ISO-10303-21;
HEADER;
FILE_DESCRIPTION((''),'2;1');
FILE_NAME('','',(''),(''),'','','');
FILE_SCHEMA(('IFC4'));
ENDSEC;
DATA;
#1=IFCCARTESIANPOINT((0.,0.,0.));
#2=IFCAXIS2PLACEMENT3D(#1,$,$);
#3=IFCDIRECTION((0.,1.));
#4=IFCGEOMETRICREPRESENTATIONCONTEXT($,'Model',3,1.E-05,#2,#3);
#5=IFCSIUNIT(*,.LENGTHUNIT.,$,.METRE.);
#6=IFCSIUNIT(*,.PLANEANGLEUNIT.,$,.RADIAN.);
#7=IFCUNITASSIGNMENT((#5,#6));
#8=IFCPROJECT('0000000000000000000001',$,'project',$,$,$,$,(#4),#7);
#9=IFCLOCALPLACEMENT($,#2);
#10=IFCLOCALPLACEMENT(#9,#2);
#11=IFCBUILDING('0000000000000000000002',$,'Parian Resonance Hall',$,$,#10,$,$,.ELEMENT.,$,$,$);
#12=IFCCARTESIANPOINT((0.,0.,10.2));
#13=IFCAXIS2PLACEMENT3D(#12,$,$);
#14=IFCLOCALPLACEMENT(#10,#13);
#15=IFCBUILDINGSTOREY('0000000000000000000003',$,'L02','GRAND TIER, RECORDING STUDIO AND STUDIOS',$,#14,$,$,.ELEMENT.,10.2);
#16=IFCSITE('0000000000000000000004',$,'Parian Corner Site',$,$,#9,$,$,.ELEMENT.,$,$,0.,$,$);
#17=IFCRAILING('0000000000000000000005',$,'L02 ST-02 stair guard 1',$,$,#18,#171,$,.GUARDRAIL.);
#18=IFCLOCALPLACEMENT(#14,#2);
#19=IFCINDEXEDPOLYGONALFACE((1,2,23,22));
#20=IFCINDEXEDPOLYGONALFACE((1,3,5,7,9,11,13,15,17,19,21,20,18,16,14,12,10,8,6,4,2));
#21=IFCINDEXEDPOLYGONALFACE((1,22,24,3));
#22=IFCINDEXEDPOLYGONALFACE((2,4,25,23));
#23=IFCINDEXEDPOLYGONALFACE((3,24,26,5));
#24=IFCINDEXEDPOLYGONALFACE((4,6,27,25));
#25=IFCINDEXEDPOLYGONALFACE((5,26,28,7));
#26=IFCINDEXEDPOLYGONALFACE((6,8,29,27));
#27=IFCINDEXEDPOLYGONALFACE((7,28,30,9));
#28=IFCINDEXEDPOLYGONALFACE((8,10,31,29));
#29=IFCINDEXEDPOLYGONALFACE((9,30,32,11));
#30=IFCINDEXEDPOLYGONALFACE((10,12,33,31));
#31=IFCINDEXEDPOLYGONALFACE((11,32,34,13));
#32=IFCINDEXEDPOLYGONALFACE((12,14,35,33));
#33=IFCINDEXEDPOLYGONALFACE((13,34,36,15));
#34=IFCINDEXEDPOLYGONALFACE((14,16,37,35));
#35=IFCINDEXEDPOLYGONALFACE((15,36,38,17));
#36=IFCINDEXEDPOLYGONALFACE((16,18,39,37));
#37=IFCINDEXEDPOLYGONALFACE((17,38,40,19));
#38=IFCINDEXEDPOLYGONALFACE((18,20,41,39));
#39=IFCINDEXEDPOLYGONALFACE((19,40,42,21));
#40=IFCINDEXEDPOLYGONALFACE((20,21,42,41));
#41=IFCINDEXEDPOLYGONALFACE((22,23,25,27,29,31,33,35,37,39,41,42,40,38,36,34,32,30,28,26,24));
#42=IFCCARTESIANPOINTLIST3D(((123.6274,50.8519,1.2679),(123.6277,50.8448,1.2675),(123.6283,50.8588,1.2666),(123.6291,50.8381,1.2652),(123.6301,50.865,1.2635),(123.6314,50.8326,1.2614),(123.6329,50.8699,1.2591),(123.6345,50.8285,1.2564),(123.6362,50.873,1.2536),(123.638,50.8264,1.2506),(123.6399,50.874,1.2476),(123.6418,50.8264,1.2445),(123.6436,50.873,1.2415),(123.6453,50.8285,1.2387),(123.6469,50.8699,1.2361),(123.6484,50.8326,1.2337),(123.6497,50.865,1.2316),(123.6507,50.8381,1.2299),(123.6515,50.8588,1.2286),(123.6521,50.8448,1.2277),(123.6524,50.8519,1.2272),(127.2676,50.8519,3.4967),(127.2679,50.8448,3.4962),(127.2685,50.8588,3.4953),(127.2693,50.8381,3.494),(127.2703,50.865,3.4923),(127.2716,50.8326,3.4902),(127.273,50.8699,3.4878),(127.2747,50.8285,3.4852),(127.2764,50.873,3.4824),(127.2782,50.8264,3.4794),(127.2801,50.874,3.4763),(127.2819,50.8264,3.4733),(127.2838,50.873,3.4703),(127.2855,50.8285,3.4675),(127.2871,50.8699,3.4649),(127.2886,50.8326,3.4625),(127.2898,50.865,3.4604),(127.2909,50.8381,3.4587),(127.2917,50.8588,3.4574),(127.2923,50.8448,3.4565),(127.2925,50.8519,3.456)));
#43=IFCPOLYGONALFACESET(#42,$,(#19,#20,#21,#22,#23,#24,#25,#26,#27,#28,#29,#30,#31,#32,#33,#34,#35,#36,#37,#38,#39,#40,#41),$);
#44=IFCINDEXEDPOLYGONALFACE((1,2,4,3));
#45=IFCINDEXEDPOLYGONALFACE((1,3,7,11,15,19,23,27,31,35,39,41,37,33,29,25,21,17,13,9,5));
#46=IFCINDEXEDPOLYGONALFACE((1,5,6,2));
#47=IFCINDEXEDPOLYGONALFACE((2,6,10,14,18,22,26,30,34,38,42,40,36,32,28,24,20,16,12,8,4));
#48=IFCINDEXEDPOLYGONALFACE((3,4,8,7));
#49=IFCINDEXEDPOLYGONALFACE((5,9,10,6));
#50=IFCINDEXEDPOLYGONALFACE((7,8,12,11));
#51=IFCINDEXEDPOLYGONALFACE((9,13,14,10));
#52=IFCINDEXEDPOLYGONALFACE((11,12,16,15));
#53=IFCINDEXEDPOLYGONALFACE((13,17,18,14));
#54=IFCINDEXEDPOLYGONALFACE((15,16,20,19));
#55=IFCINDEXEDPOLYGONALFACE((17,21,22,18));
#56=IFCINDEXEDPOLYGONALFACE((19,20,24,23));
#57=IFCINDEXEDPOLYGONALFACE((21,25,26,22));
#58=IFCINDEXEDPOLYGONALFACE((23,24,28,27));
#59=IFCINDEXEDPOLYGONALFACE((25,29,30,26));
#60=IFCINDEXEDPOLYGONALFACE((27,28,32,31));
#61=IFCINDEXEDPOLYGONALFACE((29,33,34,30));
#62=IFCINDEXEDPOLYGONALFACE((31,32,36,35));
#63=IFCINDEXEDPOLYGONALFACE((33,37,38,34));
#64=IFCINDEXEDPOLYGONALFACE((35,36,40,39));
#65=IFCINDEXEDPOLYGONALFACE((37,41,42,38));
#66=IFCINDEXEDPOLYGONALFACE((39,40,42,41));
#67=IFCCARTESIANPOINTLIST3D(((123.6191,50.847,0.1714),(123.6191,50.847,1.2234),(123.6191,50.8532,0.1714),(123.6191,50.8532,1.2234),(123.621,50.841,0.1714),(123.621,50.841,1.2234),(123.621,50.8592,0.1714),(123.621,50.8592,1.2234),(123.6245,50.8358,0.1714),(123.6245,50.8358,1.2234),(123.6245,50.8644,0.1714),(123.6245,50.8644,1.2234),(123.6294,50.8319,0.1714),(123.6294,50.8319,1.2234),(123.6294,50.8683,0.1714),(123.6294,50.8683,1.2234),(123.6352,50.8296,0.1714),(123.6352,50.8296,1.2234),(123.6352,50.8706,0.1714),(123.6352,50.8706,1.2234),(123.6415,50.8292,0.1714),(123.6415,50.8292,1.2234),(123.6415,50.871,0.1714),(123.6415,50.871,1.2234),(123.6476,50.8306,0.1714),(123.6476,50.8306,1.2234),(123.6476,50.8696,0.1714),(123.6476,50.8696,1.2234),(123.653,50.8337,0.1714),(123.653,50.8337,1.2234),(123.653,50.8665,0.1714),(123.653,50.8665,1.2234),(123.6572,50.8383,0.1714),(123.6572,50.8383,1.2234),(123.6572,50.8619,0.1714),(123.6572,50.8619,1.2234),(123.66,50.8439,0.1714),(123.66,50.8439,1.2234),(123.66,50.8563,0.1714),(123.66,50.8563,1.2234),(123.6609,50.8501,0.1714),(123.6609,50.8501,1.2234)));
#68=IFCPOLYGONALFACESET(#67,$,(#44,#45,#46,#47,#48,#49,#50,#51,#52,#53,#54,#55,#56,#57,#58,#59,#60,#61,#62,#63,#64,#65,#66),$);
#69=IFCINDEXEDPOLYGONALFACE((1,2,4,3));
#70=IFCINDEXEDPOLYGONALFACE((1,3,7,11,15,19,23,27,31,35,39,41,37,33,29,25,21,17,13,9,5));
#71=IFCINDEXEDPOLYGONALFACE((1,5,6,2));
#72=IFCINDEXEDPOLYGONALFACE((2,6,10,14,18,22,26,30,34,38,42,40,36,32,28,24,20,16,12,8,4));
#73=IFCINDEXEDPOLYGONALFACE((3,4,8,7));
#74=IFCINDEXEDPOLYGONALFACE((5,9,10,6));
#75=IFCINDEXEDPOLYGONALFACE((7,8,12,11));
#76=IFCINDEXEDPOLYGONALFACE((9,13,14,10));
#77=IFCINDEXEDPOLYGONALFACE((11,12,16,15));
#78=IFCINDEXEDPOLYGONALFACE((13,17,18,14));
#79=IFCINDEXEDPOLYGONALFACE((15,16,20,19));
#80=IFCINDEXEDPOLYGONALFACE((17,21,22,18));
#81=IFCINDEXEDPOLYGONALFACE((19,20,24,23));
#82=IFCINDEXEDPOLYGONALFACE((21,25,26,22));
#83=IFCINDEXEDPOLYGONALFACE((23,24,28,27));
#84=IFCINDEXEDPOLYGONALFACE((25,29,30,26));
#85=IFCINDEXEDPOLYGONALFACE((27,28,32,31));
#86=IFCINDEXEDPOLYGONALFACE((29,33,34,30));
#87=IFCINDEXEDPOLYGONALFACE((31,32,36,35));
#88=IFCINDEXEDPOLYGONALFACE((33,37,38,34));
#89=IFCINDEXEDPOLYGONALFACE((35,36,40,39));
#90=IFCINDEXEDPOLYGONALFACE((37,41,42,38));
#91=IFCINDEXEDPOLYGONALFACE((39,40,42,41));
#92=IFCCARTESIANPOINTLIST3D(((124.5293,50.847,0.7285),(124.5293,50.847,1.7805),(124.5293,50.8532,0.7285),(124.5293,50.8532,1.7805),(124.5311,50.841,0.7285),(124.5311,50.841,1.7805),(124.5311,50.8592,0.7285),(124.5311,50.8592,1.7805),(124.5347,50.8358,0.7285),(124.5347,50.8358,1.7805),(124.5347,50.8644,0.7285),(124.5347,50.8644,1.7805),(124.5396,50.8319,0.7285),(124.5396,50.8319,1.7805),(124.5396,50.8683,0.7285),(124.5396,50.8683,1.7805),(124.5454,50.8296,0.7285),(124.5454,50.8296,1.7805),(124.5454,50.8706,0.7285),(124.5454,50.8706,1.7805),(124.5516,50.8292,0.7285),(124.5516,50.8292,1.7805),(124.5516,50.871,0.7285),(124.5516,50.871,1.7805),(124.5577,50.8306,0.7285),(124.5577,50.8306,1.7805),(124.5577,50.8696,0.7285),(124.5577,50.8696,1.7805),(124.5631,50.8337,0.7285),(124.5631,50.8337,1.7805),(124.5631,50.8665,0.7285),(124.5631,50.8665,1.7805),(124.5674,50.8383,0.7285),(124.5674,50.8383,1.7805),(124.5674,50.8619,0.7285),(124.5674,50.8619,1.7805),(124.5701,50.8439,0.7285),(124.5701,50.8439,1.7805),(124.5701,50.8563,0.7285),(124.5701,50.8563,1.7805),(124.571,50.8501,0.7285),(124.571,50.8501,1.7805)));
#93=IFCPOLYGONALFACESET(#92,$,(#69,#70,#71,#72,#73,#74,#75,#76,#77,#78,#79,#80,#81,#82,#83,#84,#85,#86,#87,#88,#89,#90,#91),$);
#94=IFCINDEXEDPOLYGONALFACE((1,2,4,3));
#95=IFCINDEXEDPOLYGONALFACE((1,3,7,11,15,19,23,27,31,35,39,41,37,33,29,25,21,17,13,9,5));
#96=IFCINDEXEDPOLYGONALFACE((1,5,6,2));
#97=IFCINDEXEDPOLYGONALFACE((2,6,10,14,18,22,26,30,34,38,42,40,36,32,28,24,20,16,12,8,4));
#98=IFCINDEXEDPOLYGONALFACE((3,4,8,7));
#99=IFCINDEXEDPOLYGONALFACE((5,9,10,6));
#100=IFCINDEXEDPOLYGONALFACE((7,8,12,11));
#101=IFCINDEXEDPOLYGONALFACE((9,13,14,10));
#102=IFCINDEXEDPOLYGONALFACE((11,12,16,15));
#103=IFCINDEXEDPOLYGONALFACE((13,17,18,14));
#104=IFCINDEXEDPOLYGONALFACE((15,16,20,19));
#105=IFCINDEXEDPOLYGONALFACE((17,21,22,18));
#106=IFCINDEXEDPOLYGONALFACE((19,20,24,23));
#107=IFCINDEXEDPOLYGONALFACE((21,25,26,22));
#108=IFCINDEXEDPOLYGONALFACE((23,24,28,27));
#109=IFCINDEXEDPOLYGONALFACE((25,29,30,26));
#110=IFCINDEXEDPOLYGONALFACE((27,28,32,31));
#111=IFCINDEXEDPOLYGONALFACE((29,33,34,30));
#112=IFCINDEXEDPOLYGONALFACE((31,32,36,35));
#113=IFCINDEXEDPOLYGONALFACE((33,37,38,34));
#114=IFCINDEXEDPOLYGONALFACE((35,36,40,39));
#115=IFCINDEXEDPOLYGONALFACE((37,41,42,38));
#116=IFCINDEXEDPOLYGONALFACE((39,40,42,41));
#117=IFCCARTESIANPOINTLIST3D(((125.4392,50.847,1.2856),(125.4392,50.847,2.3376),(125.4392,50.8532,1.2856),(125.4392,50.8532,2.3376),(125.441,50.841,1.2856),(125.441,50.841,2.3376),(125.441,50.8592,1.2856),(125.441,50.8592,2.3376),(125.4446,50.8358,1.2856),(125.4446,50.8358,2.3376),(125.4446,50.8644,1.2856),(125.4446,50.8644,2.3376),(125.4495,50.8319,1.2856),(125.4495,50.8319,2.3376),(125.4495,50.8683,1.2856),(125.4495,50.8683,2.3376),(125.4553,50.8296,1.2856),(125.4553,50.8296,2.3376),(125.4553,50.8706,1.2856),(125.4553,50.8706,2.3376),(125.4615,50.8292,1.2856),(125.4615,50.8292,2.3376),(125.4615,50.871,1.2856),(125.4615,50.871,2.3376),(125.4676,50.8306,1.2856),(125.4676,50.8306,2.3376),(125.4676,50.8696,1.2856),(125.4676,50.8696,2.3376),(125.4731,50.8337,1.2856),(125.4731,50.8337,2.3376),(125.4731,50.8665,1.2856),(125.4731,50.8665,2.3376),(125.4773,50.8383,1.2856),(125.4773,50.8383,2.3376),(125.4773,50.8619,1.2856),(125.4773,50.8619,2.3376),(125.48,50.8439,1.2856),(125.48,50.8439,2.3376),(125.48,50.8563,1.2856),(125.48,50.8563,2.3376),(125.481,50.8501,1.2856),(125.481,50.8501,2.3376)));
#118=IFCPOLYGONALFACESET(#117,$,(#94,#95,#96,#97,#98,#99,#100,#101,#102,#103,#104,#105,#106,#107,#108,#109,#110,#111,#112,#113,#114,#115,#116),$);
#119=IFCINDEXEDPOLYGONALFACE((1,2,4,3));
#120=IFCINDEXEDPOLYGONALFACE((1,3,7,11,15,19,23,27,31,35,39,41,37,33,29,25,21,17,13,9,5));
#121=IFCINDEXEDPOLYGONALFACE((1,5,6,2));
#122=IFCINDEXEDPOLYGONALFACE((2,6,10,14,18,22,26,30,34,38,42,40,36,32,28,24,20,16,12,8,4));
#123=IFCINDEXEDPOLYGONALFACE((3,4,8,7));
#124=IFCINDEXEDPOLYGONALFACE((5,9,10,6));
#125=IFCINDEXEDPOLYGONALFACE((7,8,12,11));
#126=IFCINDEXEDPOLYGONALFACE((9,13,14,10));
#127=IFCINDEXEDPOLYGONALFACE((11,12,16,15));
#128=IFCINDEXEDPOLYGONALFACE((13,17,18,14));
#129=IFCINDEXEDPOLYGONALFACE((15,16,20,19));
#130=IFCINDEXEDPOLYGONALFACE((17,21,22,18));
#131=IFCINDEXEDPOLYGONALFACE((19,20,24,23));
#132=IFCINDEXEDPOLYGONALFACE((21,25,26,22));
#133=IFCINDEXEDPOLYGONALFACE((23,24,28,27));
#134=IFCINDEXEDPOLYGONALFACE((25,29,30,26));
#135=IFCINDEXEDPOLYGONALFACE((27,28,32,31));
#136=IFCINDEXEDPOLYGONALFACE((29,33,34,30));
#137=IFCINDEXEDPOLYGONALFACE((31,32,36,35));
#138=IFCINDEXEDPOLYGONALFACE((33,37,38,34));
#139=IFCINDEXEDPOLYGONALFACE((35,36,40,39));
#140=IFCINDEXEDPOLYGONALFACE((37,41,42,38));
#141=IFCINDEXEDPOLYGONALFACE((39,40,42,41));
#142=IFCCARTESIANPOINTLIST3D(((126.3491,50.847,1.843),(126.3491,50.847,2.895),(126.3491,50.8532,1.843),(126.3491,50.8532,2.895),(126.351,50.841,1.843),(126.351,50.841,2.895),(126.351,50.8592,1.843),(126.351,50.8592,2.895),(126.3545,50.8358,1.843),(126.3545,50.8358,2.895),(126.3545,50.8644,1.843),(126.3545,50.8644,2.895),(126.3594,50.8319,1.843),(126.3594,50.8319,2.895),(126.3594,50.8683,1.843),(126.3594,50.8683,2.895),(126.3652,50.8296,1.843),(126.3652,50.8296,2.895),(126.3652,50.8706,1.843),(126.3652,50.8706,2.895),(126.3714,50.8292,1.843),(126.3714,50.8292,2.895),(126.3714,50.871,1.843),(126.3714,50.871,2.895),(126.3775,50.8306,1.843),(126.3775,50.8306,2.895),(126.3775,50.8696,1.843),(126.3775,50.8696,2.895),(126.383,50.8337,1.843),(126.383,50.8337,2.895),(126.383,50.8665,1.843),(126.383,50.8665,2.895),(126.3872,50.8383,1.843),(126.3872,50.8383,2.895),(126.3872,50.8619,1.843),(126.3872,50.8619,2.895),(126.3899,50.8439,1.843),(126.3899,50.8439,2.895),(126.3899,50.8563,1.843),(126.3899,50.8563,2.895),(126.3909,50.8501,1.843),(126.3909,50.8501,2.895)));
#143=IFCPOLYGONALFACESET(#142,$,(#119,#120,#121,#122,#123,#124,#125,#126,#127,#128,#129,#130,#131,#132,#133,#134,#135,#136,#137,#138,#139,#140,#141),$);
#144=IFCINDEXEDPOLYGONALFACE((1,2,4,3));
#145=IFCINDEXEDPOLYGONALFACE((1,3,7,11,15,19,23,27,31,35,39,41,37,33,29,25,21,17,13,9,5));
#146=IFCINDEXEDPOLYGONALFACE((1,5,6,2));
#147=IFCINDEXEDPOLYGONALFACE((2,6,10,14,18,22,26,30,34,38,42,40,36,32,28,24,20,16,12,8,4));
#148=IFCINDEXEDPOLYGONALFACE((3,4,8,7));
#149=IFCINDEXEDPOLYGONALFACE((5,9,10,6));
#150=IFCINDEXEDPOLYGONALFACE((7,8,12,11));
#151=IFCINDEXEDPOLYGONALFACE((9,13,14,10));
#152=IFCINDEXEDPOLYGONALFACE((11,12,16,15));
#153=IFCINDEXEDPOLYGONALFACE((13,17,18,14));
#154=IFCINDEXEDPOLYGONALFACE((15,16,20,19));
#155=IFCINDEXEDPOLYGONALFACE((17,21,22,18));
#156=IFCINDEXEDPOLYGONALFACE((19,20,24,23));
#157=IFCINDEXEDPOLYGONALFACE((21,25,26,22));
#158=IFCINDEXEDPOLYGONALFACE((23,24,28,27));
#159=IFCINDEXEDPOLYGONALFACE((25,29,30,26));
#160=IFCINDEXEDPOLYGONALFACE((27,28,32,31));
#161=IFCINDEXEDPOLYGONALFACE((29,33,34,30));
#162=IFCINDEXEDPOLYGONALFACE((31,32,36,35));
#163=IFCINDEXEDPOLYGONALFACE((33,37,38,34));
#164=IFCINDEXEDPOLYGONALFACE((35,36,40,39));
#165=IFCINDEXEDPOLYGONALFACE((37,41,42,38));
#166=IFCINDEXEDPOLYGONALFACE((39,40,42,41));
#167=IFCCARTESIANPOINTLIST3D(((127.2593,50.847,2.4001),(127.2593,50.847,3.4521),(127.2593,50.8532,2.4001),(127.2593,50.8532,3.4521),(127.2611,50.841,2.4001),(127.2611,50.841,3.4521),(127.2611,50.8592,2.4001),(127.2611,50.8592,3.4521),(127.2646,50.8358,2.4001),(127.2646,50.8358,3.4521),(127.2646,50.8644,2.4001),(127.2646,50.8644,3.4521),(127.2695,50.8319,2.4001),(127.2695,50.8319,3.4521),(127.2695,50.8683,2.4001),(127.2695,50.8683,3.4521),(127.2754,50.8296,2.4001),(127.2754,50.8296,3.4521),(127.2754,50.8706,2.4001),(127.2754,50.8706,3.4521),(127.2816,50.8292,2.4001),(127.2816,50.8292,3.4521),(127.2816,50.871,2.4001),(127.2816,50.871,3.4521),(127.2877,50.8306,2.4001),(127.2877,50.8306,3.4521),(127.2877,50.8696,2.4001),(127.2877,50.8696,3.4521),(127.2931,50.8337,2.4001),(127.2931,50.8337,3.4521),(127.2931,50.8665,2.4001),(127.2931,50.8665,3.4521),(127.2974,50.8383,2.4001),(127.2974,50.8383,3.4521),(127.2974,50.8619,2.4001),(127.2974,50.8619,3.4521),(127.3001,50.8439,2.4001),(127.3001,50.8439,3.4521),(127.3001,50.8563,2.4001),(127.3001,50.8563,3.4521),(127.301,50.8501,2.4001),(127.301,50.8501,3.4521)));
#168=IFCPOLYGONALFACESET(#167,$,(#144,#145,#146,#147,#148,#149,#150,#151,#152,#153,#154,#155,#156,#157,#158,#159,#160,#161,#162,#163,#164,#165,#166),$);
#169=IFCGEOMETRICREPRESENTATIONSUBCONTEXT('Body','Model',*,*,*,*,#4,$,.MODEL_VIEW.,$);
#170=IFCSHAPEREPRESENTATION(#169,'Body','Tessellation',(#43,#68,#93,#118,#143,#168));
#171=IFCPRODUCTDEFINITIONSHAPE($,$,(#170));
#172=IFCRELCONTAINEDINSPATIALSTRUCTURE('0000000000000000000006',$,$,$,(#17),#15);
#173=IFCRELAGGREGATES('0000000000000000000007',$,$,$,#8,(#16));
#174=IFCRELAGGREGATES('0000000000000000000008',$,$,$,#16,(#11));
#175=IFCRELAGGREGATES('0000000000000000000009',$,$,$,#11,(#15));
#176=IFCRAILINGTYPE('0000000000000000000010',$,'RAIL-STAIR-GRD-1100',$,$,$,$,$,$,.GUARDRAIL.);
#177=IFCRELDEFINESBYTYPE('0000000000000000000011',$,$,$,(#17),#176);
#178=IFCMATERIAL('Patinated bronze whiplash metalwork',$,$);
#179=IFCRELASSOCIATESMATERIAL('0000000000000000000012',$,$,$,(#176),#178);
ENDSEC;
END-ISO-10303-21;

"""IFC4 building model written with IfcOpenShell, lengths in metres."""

from ifc_helpers import new_model, si_unit, direction, frame, origin, origin_2d, place, context, subcontext, project, spatial, circle, extrude, material, type_object, element, save


model = new_model("IFC4")

# Units and contexts
model_context = context("Model", 3, precision=1e-05, world=origin(), true_north=direction((0.0, 1.0)))
body_context = subcontext(model_context, "Body", "Model", "MODEL_VIEW")
ifc_project = project(units=[si_unit("LENGTHUNIT", "METRE"), si_unit("PLANEANGLEUNIT", "RADIAN")], contexts=[model_context])

# Site, building, storey
site_placement = place(None, origin())
site = spatial("IfcSite", under=ifc_project, at=site_placement, Name="Parian Corner Site", CompositionType="ELEMENT", RefElevation=0.0)
building_placement = place(site_placement, origin())
building = spatial("IfcBuilding", under=site, at=building_placement, Name="Parian Resonance Hall", CompositionType="ELEMENT")
storey_placement = place(building_placement, frame((0.0, 0.0, 10.2)))
storey = spatial("IfcBuildingStorey", under=building, at=storey_placement, Name="L02", Description="GRAND TIER, RECORDING STUDIO AND STUDIOS", CompositionType="ELEMENT", Elevation=10.2)

# Railing
ifc_material_1 = material(Name="Patinated bronze whiplash metalwork")
railing_type_1 = type_object("IfcRailingType", Name="RAIL-STAIR-GRD-1100", PredefinedType="GUARDRAIL", material=ifc_material_1)
railing_1_placement = place(storey_placement, frame((123.6399, 50.8501, 0.1714)))
element("IfcRailing", 1, at=railing_1_placement, inside=storey, type_object=railing_type_1, Name="L02 ST-02 stair guard 1", PredefinedType="GUARDRAIL", context=body_context, shape_type="SweptSolid", body=[
    extrude(circle(Radius=0.0239, at=origin_2d()), frame((0.0, 0.0, 1.0762), z_axis=(0.85284, 0.0, 0.522172), x_axis=(0.0, 1.0, 0.0)), (0.0, 0.0, 1.0), 4.2683),
    extrude(circle(Radius=0.021, at=origin_2d()), origin(), (0.0, 0.0, 1.0), 1.052),
    extrude(circle(Radius=0.021, at=origin_2d()), frame((0.9102, 0.0, 0.5571)), (0.0, 0.0, 1.0), 1.052),
    extrude(circle(Radius=0.021, at=origin_2d()), frame((1.8201, 0.0, 1.1143)), (0.0, 0.0, 1.0), 1.052),
    extrude(circle(Radius=0.021, at=origin_2d()), frame((2.73, 0.0, 1.6716)), (0.0, 0.0, 1.0), 1.052),
    extrude(circle(Radius=0.021, at=origin_2d()), frame((3.6401, 0.0, 2.2288)), (0.0, 0.0, 1.0), 1.052),
])

save(model, "model.ifc")
